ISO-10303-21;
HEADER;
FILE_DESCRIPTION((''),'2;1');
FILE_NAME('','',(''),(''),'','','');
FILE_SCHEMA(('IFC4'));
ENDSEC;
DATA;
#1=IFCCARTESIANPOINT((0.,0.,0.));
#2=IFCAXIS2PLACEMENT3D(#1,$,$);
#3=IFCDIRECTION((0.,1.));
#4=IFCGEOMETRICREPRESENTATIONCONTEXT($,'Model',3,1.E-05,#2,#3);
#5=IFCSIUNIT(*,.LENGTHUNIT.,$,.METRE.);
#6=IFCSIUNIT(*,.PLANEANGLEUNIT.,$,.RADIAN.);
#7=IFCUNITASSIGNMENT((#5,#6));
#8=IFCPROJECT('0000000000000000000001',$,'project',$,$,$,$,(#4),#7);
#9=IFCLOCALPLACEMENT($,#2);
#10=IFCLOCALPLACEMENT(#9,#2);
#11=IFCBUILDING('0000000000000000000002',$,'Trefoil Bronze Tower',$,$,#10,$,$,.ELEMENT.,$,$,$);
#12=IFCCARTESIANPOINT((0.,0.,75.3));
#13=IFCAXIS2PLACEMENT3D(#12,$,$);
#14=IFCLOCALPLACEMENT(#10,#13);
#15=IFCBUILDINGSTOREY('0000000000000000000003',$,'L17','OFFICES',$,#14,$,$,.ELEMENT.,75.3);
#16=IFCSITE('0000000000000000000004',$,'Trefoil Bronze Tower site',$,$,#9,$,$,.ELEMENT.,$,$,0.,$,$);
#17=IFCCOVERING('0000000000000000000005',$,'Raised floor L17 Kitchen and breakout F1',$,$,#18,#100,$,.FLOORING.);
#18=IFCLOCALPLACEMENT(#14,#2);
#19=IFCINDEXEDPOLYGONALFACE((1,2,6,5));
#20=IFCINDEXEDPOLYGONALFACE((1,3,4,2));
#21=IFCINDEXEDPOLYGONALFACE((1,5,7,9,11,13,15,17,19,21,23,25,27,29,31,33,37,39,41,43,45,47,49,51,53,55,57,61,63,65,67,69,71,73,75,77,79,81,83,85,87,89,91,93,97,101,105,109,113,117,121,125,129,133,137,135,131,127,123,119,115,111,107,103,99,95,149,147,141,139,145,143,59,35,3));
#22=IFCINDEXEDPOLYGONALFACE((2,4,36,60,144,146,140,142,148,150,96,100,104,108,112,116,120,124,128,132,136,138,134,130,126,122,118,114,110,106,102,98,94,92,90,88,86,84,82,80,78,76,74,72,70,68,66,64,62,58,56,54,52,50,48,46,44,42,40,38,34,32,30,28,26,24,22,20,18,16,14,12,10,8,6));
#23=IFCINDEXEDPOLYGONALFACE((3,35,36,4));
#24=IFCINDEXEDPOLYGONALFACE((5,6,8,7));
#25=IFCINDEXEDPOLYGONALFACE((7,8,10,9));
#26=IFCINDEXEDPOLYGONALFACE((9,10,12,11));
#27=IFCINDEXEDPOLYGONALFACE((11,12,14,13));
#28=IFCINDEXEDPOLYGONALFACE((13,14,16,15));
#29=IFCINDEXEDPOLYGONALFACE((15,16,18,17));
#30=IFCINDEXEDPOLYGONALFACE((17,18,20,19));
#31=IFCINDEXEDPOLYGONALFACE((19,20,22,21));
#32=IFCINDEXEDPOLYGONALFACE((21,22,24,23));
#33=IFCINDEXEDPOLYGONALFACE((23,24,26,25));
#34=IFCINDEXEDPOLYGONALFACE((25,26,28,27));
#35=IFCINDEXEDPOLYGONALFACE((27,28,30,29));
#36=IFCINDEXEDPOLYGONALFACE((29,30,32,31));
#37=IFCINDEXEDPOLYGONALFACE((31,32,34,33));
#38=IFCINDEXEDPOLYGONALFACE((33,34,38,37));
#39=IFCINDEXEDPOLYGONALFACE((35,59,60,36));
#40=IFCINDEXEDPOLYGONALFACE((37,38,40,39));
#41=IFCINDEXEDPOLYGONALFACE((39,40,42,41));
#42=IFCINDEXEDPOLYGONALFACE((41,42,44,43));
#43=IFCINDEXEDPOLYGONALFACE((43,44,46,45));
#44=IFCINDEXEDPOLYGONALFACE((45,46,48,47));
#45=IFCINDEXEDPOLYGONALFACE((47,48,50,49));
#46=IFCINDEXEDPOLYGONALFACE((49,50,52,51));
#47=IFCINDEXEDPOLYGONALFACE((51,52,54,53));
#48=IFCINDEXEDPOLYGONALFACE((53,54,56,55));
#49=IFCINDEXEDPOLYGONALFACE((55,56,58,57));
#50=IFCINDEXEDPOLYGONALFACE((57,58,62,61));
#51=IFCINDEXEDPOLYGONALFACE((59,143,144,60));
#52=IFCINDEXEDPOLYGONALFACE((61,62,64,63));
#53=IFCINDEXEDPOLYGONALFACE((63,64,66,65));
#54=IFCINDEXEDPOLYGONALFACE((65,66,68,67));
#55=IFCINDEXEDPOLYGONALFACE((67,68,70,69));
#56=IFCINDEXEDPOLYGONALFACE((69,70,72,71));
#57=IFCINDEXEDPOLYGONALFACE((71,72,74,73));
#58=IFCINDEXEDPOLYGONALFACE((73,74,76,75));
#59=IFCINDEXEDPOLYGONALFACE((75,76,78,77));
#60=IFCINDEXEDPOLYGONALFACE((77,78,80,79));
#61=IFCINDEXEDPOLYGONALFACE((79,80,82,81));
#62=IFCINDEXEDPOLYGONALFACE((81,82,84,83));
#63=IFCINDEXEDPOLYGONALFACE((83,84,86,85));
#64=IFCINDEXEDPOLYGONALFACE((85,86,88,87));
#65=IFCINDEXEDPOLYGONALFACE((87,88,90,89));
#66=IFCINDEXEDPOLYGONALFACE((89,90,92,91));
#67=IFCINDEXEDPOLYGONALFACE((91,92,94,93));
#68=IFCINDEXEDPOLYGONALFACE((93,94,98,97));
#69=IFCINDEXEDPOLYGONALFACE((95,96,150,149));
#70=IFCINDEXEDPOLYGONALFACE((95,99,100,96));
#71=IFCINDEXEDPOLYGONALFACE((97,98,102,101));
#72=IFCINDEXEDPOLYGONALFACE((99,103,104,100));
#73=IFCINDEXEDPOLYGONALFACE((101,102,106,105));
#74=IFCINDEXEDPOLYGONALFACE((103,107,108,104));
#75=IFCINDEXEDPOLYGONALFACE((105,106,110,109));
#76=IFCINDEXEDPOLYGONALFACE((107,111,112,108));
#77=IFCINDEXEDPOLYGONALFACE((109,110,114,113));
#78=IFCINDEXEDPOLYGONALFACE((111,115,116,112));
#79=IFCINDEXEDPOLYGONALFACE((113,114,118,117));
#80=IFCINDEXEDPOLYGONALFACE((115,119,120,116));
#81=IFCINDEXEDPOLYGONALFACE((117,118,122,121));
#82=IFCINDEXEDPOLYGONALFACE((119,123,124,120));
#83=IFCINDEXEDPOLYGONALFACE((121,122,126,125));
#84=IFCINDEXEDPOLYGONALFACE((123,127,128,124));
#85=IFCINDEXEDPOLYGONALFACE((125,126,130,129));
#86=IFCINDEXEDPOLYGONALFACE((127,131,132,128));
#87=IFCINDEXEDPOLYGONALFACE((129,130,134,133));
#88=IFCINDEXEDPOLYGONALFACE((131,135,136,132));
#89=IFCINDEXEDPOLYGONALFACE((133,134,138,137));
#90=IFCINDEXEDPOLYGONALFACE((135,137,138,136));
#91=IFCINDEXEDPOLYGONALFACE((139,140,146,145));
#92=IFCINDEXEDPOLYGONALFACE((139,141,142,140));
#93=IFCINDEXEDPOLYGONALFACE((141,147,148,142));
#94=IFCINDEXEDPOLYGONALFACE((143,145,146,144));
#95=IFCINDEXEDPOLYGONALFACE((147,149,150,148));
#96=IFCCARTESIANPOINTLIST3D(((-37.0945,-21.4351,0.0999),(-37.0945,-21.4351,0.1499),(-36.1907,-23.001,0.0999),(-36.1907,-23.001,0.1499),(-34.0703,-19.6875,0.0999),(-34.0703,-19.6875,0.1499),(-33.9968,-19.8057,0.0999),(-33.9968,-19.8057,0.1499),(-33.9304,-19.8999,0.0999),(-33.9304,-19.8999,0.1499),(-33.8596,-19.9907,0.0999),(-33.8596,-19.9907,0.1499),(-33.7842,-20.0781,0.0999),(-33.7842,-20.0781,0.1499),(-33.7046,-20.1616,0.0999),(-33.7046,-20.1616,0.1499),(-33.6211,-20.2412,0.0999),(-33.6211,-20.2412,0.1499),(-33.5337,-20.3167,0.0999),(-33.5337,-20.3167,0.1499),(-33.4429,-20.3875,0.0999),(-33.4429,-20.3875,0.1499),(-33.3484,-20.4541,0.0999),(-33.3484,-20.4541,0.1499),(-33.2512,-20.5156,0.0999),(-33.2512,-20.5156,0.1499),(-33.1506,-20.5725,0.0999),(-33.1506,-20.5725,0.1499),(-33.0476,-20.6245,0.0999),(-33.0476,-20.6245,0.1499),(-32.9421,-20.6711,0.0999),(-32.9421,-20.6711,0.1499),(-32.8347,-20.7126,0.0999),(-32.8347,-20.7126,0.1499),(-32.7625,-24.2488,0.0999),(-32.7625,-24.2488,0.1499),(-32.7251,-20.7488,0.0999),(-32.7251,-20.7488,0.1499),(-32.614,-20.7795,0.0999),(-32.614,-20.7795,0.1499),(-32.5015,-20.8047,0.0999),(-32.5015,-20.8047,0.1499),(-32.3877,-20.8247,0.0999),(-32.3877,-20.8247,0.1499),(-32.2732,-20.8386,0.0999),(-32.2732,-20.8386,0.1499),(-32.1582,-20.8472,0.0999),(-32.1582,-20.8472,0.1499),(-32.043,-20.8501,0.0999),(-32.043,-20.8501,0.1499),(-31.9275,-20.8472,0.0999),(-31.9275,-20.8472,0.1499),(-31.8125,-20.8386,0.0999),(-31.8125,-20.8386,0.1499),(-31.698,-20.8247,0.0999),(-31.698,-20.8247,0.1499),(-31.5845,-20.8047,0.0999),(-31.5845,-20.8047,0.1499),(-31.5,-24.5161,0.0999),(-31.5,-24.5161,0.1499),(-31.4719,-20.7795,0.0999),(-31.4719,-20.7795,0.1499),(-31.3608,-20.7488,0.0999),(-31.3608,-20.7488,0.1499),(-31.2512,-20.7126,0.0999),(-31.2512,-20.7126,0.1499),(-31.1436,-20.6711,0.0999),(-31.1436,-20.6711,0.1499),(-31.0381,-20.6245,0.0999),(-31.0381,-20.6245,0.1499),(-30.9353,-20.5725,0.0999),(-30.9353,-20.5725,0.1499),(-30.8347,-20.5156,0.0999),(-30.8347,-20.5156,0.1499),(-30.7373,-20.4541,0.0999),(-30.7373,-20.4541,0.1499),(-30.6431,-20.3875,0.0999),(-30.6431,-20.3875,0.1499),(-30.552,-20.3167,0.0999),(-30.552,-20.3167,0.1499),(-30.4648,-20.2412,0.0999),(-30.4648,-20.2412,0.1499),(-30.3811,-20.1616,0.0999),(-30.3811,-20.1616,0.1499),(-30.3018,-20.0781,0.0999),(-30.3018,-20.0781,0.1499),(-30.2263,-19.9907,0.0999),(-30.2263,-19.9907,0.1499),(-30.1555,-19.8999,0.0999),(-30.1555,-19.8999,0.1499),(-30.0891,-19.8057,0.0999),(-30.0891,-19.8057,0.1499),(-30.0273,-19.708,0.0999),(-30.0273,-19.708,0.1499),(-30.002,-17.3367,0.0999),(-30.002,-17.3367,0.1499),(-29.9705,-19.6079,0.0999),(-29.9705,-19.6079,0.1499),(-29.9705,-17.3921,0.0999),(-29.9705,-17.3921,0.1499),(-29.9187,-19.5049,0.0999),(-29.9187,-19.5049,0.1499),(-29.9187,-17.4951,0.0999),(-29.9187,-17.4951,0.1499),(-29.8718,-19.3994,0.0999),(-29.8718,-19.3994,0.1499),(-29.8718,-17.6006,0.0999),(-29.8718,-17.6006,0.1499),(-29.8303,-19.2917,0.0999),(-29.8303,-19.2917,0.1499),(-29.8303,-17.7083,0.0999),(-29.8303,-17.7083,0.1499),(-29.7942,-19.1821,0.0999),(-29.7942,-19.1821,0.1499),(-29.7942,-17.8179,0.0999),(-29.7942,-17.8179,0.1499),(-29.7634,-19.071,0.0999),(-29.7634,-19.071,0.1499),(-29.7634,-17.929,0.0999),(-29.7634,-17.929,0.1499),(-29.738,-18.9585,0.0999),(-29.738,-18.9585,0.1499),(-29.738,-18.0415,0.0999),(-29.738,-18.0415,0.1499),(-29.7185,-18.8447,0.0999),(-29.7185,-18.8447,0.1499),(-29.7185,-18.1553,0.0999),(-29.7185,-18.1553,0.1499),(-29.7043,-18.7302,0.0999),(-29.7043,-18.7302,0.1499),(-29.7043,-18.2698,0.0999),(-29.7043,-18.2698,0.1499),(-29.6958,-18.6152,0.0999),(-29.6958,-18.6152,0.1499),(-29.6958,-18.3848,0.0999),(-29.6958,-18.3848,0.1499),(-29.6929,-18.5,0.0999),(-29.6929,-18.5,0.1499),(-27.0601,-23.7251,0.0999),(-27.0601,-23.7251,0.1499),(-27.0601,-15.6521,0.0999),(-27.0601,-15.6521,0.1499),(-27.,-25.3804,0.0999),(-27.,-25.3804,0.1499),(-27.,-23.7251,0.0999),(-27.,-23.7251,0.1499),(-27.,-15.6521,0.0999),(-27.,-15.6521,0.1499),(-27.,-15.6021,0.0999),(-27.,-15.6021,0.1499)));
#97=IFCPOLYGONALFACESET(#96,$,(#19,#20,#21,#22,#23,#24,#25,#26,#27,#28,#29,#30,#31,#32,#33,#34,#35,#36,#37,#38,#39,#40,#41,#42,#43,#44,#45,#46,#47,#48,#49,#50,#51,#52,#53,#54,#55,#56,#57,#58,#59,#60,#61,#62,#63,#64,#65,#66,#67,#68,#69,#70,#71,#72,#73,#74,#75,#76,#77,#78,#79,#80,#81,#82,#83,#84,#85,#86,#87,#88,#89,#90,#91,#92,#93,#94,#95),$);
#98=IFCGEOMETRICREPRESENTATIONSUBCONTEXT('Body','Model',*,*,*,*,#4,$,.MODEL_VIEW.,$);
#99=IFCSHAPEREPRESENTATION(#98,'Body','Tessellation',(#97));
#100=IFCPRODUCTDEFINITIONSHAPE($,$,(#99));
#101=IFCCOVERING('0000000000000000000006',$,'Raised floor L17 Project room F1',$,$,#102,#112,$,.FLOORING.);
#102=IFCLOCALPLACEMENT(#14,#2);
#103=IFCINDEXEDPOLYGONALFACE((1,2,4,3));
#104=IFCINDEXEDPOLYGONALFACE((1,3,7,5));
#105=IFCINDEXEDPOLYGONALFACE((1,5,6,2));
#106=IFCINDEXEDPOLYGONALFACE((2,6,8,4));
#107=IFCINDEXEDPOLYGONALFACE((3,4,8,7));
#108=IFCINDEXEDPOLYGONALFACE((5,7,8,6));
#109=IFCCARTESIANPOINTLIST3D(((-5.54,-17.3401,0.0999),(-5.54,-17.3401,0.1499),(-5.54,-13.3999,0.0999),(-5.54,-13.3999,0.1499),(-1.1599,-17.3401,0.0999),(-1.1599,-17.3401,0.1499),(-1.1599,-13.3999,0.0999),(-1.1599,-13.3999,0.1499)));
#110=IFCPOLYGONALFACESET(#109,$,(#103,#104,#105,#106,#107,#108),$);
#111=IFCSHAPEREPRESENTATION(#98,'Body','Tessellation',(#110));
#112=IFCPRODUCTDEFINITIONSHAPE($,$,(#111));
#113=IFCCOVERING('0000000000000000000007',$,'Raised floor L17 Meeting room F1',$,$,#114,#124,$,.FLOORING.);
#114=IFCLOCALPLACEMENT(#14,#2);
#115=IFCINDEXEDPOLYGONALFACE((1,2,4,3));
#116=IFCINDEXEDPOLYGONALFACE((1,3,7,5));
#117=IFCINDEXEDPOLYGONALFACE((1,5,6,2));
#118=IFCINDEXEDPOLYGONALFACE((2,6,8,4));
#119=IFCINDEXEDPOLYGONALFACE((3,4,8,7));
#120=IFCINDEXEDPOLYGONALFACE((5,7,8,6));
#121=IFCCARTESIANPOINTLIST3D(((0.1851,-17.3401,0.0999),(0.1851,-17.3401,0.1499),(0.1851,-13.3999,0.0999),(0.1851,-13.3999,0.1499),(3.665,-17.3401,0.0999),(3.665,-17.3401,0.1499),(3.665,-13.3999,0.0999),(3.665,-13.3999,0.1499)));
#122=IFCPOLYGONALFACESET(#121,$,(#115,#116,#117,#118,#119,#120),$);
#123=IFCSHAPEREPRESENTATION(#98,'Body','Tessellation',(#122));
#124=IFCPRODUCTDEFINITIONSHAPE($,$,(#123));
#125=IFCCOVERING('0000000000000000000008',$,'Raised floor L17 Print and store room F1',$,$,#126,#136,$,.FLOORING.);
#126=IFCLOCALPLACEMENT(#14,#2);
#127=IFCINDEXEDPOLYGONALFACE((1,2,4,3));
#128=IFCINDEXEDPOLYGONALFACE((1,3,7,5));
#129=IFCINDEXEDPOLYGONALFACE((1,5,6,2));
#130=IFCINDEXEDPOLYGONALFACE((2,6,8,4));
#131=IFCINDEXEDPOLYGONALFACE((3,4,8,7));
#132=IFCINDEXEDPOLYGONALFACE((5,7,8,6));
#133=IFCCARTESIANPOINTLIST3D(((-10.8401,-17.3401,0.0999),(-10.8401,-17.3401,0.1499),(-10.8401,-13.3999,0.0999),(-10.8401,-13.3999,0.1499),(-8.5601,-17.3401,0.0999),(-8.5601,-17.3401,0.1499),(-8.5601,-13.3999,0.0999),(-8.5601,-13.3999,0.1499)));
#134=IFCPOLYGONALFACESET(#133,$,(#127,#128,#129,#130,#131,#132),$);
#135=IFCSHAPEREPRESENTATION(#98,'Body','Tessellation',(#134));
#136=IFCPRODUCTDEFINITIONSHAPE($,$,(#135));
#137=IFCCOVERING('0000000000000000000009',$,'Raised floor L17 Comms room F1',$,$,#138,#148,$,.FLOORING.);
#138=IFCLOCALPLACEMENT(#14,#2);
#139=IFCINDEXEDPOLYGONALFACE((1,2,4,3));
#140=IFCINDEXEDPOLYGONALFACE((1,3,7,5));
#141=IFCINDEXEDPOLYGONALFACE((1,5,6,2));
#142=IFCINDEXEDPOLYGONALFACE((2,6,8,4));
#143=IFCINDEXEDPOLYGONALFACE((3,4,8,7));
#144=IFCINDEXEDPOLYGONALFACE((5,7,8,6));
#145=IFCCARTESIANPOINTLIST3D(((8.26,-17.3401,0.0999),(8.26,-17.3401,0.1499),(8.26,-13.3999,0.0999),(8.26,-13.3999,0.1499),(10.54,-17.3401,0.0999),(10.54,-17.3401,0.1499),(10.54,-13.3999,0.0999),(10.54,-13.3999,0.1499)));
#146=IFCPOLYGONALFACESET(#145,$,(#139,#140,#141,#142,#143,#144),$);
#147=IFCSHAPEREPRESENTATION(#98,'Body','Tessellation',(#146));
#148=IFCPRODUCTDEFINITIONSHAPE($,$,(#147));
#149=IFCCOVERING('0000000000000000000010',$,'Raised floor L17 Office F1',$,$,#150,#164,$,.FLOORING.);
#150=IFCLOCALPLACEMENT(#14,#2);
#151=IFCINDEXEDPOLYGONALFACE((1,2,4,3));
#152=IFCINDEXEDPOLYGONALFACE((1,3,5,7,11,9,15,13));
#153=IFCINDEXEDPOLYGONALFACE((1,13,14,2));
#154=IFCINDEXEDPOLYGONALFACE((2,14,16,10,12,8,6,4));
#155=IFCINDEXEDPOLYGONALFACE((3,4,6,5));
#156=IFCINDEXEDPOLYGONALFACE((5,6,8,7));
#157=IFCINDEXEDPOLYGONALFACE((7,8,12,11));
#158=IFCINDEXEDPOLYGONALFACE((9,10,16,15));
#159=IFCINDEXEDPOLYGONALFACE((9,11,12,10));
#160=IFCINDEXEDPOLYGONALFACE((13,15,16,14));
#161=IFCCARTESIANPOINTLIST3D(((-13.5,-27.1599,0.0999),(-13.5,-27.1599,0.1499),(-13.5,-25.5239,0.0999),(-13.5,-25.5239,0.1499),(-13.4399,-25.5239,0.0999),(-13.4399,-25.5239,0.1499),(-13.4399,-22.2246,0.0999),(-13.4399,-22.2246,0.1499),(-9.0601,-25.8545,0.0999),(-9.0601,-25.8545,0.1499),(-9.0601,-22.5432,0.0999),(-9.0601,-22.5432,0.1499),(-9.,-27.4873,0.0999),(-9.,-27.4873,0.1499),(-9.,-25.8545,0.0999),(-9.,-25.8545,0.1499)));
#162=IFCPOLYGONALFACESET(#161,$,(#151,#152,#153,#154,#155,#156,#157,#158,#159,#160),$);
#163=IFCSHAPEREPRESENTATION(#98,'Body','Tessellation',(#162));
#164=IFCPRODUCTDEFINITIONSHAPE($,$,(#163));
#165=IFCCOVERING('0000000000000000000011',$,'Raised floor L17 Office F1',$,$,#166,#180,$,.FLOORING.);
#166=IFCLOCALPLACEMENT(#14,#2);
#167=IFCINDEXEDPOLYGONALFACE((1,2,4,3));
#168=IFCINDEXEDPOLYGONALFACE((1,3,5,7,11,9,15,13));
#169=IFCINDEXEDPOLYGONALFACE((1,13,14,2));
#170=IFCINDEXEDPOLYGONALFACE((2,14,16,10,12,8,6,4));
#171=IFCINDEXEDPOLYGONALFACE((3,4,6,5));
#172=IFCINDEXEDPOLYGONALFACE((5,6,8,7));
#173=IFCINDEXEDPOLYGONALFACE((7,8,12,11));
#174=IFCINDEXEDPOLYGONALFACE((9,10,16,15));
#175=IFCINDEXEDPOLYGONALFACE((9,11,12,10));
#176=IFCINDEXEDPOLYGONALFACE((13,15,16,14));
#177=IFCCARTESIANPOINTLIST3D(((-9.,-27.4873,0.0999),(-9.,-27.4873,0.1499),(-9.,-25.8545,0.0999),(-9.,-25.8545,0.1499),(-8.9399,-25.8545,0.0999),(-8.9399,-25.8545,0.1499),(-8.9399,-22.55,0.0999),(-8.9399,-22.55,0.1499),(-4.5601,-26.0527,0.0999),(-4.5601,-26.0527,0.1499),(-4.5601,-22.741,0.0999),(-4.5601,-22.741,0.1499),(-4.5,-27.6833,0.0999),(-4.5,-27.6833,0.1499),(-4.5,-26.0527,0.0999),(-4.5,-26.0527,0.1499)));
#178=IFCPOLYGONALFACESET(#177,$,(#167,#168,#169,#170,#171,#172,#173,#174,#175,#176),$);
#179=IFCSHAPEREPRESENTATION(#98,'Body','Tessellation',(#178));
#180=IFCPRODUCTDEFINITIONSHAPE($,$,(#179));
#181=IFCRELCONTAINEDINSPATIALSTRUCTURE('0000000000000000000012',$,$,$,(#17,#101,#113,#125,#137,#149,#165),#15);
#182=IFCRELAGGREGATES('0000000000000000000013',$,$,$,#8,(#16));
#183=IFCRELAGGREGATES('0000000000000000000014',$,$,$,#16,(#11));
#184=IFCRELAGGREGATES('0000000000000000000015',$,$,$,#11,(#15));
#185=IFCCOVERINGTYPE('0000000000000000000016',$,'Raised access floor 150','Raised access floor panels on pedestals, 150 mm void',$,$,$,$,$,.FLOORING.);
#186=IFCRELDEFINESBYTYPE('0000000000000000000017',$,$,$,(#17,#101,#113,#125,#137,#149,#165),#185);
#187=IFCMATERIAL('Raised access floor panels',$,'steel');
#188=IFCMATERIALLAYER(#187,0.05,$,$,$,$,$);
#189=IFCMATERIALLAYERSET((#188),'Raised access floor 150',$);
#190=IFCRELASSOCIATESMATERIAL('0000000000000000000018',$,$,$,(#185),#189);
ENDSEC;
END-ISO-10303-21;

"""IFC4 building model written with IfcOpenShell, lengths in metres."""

from ifc_helpers import new_model, si_unit, direction, frame, origin, place, context, subcontext, project, spatial, polyline, outline, extrude, material, layer, layer_set, type_object, element, save


model = new_model("IFC4")

# Units and contexts
model_context = context("Model", 3, precision=1e-05, world=origin(), true_north=direction((0.0, 1.0)))
body_context = subcontext(model_context, "Body", "Model", "MODEL_VIEW")
ifc_project = project(units=[si_unit("LENGTHUNIT", "METRE"), si_unit("PLANEANGLEUNIT", "RADIAN")], contexts=[model_context])

# Site, building, storey
site_placement = place(None, origin())
site = spatial("IfcSite", under=ifc_project, at=site_placement, Name="Trefoil Bronze Tower site", CompositionType="ELEMENT", RefElevation=0.0)
building_placement = place(site_placement, origin())
building = spatial("IfcBuilding", under=site, at=building_placement, Name="Trefoil Bronze Tower", CompositionType="ELEMENT")
storey_placement = place(building_placement, frame((0.0, 0.0, 75.3)))
storey = spatial("IfcBuildingStorey", under=building, at=storey_placement, Name="L17", Description="OFFICES", CompositionType="ELEMENT", Elevation=75.3)

# Coverings
ifc_material_1 = material(Name="Raised access floor panels", Category="steel")
ifc_layer_1 = layer(ifc_material_1, 0.05)
ifc_layer_set_1 = layer_set([ifc_layer_1], Name="Raised access floor 150")
covering_type_1 = type_object("IfcCoveringType", Name="Raised access floor 150", Description="Raised access floor panels on pedestals, 150 mm void", PredefinedType="FLOORING", material=ifc_layer_set_1)
covering_1_placement = place(storey_placement, frame((0.0, 0.0, 0.0999)))
element("IfcCovering", 1, at=covering_1_placement, inside=storey, type_object=covering_type_1, Name="Raised floor L17 Kitchen and breakout F1", PredefinedType="FLOORING", context=body_context, shape_type="SweptSolid", body=[
    extrude(outline(polyline([(-30.002, -17.3367), (-27.0, -15.6021), (-27.0, -15.6521), (-27.0601, -15.6521), (-27.0601, -23.7251), (-27.0, -23.7251), (-27.0, -25.3804), (-31.5, -24.5161), (-32.7625, -24.2488), (-36.1907, -23.001), (-37.0945, -21.4351), (-34.0703, -19.6875), (-33.9968, -19.8057), (-33.9304, -19.8999), (-33.8596, -19.9907), (-33.7842, -20.0781), (-33.7046, -20.1616), (-33.6211, -20.2412), (-33.5337, -20.3167), (-33.4429, -20.3875), (-33.3484, -20.4541), (-33.2512, -20.5156), (-33.1506, -20.5725), (-33.0476, -20.6245), (-32.9421, -20.6711), (-32.8347, -20.7126), (-32.7251, -20.7488), (-32.614, -20.7795), (-32.5015, -20.8047), (-32.3877, -20.8247), (-32.2732, -20.8386), (-32.1582, -20.8472), (-32.043, -20.8501), (-31.9275, -20.8472), (-31.8125, -20.8386), (-31.698, -20.8247), (-31.5845, -20.8047), (-31.4719, -20.7795), (-31.3608, -20.7488), (-31.2512, -20.7126), (-31.1436, -20.6711), (-31.0381, -20.6245), (-30.9353, -20.5725), (-30.8347, -20.5156), (-30.7373, -20.4541), (-30.6431, -20.3875), (-30.552, -20.3167), (-30.4648, -20.2412), (-30.3811, -20.1616), (-30.3018, -20.0781), (-30.2263, -19.9907), (-30.1555, -19.8999), (-30.0891, -19.8057), (-30.0273, -19.708), (-29.9705, -19.6079), (-29.9187, -19.5049), (-29.8718, -19.3994), (-29.8303, -19.2917), (-29.7942, -19.1821), (-29.7634, -19.071), (-29.738, -18.9585), (-29.7185, -18.8447), (-29.7043, -18.7302), (-29.6958, -18.6152), (-29.6929, -18.5), (-29.6958, -18.3848), (-29.7043, -18.2698), (-29.7185, -18.1553), (-29.738, -18.0415), (-29.7634, -17.929), (-29.7942, -17.8179), (-29.8303, -17.7083), (-29.8718, -17.6006), (-29.9187, -17.4951), (-29.9705, -17.3921), (-30.002, -17.3367)])), origin(), (0.0, 0.0, 1.0), 0.05),
])
covering_2_placement = place(storey_placement, frame((0.0, 0.0, 0.0999)))
element("IfcCovering", 2, at=covering_2_placement, inside=storey, type_object=covering_type_1, Name="Raised floor L17 Project room F1", PredefinedType="FLOORING", context=body_context, shape_type="SweptSolid", body=[
    extrude(outline(polyline([(-1.1599, -13.3999), (-1.1599, -17.3401), (-5.54, -17.3401), (-5.54, -13.3999), (-1.1599, -13.3999)])), origin(), (0.0, 0.0, 1.0), 0.05),
])
covering_3_placement = place(storey_placement, frame((0.0, 0.0, 0.0999)))
element("IfcCovering", 3, at=covering_3_placement, inside=storey, type_object=covering_type_1, Name="Raised floor L17 Meeting room F1", PredefinedType="FLOORING", context=body_context, shape_type="SweptSolid", body=[
    extrude(outline(polyline([(3.665, -13.3999), (3.665, -17.3401), (0.1851, -17.3401), (0.1851, -13.3999), (3.665, -13.3999)])), origin(), (0.0, 0.0, 1.0), 0.05),
])
covering_4_placement = place(storey_placement, frame((0.0, 0.0, 0.0999)))
element("IfcCovering", 4, at=covering_4_placement, inside=storey, type_object=covering_type_1, Name="Raised floor L17 Print and store room F1", PredefinedType="FLOORING", context=body_context, shape_type="SweptSolid", body=[
    extrude(outline(polyline([(-8.5601, -13.3999), (-8.5601, -17.3401), (-10.8401, -17.3401), (-10.8401, -13.3999), (-8.5601, -13.3999)])), origin(), (0.0, 0.0, 1.0), 0.05),
])
covering_5_placement = place(storey_placement, frame((0.0, 0.0, 0.0999)))
element("IfcCovering", 5, at=covering_5_placement, inside=storey, type_object=covering_type_1, Name="Raised floor L17 Comms room F1", PredefinedType="FLOORING", context=body_context, shape_type="SweptSolid", body=[
    extrude(outline(polyline([(10.54, -13.3999), (10.54, -17.3401), (8.26, -17.3401), (8.26, -13.3999), (10.54, -13.3999)])), origin(), (0.0, 0.0, 1.0), 0.05),
])
covering_6_placement = place(storey_placement, frame((0.0, 0.0, 0.0999)))
element("IfcCovering", 6, at=covering_6_placement, inside=storey, type_object=covering_type_1, Name="Raised floor L17 Office F1", PredefinedType="FLOORING", context=body_context, shape_type="SweptSolid", body=[
    extrude(outline(polyline([(-9.0, -27.4873), (-13.5, -27.1599), (-13.5, -25.5239), (-13.4399, -25.5239), (-13.4399, -22.2246), (-9.0601, -22.5432), (-9.0601, -25.8545), (-9.0, -25.8545), (-9.0, -27.4873)])), origin(), (0.0, 0.0, 1.0), 0.05),
])
covering_7_placement = place(storey_placement, frame((0.0, 0.0, 0.0999)))
element("IfcCovering", 7, at=covering_7_placement, inside=storey, type_object=covering_type_1, Name="Raised floor L17 Office F1", PredefinedType="FLOORING", context=body_context, shape_type="SweptSolid", body=[
    extrude(outline(polyline([(-4.5, -27.6833), (-9.0, -27.4873), (-9.0, -25.8545), (-8.9399, -25.8545), (-8.9399, -22.55), (-4.5601, -22.741), (-4.5601, -26.0527), (-4.5, -26.0527), (-4.5, -27.6833)])), origin(), (0.0, 0.0, 1.0), 0.05),
])

save(model, "model.ifc")
